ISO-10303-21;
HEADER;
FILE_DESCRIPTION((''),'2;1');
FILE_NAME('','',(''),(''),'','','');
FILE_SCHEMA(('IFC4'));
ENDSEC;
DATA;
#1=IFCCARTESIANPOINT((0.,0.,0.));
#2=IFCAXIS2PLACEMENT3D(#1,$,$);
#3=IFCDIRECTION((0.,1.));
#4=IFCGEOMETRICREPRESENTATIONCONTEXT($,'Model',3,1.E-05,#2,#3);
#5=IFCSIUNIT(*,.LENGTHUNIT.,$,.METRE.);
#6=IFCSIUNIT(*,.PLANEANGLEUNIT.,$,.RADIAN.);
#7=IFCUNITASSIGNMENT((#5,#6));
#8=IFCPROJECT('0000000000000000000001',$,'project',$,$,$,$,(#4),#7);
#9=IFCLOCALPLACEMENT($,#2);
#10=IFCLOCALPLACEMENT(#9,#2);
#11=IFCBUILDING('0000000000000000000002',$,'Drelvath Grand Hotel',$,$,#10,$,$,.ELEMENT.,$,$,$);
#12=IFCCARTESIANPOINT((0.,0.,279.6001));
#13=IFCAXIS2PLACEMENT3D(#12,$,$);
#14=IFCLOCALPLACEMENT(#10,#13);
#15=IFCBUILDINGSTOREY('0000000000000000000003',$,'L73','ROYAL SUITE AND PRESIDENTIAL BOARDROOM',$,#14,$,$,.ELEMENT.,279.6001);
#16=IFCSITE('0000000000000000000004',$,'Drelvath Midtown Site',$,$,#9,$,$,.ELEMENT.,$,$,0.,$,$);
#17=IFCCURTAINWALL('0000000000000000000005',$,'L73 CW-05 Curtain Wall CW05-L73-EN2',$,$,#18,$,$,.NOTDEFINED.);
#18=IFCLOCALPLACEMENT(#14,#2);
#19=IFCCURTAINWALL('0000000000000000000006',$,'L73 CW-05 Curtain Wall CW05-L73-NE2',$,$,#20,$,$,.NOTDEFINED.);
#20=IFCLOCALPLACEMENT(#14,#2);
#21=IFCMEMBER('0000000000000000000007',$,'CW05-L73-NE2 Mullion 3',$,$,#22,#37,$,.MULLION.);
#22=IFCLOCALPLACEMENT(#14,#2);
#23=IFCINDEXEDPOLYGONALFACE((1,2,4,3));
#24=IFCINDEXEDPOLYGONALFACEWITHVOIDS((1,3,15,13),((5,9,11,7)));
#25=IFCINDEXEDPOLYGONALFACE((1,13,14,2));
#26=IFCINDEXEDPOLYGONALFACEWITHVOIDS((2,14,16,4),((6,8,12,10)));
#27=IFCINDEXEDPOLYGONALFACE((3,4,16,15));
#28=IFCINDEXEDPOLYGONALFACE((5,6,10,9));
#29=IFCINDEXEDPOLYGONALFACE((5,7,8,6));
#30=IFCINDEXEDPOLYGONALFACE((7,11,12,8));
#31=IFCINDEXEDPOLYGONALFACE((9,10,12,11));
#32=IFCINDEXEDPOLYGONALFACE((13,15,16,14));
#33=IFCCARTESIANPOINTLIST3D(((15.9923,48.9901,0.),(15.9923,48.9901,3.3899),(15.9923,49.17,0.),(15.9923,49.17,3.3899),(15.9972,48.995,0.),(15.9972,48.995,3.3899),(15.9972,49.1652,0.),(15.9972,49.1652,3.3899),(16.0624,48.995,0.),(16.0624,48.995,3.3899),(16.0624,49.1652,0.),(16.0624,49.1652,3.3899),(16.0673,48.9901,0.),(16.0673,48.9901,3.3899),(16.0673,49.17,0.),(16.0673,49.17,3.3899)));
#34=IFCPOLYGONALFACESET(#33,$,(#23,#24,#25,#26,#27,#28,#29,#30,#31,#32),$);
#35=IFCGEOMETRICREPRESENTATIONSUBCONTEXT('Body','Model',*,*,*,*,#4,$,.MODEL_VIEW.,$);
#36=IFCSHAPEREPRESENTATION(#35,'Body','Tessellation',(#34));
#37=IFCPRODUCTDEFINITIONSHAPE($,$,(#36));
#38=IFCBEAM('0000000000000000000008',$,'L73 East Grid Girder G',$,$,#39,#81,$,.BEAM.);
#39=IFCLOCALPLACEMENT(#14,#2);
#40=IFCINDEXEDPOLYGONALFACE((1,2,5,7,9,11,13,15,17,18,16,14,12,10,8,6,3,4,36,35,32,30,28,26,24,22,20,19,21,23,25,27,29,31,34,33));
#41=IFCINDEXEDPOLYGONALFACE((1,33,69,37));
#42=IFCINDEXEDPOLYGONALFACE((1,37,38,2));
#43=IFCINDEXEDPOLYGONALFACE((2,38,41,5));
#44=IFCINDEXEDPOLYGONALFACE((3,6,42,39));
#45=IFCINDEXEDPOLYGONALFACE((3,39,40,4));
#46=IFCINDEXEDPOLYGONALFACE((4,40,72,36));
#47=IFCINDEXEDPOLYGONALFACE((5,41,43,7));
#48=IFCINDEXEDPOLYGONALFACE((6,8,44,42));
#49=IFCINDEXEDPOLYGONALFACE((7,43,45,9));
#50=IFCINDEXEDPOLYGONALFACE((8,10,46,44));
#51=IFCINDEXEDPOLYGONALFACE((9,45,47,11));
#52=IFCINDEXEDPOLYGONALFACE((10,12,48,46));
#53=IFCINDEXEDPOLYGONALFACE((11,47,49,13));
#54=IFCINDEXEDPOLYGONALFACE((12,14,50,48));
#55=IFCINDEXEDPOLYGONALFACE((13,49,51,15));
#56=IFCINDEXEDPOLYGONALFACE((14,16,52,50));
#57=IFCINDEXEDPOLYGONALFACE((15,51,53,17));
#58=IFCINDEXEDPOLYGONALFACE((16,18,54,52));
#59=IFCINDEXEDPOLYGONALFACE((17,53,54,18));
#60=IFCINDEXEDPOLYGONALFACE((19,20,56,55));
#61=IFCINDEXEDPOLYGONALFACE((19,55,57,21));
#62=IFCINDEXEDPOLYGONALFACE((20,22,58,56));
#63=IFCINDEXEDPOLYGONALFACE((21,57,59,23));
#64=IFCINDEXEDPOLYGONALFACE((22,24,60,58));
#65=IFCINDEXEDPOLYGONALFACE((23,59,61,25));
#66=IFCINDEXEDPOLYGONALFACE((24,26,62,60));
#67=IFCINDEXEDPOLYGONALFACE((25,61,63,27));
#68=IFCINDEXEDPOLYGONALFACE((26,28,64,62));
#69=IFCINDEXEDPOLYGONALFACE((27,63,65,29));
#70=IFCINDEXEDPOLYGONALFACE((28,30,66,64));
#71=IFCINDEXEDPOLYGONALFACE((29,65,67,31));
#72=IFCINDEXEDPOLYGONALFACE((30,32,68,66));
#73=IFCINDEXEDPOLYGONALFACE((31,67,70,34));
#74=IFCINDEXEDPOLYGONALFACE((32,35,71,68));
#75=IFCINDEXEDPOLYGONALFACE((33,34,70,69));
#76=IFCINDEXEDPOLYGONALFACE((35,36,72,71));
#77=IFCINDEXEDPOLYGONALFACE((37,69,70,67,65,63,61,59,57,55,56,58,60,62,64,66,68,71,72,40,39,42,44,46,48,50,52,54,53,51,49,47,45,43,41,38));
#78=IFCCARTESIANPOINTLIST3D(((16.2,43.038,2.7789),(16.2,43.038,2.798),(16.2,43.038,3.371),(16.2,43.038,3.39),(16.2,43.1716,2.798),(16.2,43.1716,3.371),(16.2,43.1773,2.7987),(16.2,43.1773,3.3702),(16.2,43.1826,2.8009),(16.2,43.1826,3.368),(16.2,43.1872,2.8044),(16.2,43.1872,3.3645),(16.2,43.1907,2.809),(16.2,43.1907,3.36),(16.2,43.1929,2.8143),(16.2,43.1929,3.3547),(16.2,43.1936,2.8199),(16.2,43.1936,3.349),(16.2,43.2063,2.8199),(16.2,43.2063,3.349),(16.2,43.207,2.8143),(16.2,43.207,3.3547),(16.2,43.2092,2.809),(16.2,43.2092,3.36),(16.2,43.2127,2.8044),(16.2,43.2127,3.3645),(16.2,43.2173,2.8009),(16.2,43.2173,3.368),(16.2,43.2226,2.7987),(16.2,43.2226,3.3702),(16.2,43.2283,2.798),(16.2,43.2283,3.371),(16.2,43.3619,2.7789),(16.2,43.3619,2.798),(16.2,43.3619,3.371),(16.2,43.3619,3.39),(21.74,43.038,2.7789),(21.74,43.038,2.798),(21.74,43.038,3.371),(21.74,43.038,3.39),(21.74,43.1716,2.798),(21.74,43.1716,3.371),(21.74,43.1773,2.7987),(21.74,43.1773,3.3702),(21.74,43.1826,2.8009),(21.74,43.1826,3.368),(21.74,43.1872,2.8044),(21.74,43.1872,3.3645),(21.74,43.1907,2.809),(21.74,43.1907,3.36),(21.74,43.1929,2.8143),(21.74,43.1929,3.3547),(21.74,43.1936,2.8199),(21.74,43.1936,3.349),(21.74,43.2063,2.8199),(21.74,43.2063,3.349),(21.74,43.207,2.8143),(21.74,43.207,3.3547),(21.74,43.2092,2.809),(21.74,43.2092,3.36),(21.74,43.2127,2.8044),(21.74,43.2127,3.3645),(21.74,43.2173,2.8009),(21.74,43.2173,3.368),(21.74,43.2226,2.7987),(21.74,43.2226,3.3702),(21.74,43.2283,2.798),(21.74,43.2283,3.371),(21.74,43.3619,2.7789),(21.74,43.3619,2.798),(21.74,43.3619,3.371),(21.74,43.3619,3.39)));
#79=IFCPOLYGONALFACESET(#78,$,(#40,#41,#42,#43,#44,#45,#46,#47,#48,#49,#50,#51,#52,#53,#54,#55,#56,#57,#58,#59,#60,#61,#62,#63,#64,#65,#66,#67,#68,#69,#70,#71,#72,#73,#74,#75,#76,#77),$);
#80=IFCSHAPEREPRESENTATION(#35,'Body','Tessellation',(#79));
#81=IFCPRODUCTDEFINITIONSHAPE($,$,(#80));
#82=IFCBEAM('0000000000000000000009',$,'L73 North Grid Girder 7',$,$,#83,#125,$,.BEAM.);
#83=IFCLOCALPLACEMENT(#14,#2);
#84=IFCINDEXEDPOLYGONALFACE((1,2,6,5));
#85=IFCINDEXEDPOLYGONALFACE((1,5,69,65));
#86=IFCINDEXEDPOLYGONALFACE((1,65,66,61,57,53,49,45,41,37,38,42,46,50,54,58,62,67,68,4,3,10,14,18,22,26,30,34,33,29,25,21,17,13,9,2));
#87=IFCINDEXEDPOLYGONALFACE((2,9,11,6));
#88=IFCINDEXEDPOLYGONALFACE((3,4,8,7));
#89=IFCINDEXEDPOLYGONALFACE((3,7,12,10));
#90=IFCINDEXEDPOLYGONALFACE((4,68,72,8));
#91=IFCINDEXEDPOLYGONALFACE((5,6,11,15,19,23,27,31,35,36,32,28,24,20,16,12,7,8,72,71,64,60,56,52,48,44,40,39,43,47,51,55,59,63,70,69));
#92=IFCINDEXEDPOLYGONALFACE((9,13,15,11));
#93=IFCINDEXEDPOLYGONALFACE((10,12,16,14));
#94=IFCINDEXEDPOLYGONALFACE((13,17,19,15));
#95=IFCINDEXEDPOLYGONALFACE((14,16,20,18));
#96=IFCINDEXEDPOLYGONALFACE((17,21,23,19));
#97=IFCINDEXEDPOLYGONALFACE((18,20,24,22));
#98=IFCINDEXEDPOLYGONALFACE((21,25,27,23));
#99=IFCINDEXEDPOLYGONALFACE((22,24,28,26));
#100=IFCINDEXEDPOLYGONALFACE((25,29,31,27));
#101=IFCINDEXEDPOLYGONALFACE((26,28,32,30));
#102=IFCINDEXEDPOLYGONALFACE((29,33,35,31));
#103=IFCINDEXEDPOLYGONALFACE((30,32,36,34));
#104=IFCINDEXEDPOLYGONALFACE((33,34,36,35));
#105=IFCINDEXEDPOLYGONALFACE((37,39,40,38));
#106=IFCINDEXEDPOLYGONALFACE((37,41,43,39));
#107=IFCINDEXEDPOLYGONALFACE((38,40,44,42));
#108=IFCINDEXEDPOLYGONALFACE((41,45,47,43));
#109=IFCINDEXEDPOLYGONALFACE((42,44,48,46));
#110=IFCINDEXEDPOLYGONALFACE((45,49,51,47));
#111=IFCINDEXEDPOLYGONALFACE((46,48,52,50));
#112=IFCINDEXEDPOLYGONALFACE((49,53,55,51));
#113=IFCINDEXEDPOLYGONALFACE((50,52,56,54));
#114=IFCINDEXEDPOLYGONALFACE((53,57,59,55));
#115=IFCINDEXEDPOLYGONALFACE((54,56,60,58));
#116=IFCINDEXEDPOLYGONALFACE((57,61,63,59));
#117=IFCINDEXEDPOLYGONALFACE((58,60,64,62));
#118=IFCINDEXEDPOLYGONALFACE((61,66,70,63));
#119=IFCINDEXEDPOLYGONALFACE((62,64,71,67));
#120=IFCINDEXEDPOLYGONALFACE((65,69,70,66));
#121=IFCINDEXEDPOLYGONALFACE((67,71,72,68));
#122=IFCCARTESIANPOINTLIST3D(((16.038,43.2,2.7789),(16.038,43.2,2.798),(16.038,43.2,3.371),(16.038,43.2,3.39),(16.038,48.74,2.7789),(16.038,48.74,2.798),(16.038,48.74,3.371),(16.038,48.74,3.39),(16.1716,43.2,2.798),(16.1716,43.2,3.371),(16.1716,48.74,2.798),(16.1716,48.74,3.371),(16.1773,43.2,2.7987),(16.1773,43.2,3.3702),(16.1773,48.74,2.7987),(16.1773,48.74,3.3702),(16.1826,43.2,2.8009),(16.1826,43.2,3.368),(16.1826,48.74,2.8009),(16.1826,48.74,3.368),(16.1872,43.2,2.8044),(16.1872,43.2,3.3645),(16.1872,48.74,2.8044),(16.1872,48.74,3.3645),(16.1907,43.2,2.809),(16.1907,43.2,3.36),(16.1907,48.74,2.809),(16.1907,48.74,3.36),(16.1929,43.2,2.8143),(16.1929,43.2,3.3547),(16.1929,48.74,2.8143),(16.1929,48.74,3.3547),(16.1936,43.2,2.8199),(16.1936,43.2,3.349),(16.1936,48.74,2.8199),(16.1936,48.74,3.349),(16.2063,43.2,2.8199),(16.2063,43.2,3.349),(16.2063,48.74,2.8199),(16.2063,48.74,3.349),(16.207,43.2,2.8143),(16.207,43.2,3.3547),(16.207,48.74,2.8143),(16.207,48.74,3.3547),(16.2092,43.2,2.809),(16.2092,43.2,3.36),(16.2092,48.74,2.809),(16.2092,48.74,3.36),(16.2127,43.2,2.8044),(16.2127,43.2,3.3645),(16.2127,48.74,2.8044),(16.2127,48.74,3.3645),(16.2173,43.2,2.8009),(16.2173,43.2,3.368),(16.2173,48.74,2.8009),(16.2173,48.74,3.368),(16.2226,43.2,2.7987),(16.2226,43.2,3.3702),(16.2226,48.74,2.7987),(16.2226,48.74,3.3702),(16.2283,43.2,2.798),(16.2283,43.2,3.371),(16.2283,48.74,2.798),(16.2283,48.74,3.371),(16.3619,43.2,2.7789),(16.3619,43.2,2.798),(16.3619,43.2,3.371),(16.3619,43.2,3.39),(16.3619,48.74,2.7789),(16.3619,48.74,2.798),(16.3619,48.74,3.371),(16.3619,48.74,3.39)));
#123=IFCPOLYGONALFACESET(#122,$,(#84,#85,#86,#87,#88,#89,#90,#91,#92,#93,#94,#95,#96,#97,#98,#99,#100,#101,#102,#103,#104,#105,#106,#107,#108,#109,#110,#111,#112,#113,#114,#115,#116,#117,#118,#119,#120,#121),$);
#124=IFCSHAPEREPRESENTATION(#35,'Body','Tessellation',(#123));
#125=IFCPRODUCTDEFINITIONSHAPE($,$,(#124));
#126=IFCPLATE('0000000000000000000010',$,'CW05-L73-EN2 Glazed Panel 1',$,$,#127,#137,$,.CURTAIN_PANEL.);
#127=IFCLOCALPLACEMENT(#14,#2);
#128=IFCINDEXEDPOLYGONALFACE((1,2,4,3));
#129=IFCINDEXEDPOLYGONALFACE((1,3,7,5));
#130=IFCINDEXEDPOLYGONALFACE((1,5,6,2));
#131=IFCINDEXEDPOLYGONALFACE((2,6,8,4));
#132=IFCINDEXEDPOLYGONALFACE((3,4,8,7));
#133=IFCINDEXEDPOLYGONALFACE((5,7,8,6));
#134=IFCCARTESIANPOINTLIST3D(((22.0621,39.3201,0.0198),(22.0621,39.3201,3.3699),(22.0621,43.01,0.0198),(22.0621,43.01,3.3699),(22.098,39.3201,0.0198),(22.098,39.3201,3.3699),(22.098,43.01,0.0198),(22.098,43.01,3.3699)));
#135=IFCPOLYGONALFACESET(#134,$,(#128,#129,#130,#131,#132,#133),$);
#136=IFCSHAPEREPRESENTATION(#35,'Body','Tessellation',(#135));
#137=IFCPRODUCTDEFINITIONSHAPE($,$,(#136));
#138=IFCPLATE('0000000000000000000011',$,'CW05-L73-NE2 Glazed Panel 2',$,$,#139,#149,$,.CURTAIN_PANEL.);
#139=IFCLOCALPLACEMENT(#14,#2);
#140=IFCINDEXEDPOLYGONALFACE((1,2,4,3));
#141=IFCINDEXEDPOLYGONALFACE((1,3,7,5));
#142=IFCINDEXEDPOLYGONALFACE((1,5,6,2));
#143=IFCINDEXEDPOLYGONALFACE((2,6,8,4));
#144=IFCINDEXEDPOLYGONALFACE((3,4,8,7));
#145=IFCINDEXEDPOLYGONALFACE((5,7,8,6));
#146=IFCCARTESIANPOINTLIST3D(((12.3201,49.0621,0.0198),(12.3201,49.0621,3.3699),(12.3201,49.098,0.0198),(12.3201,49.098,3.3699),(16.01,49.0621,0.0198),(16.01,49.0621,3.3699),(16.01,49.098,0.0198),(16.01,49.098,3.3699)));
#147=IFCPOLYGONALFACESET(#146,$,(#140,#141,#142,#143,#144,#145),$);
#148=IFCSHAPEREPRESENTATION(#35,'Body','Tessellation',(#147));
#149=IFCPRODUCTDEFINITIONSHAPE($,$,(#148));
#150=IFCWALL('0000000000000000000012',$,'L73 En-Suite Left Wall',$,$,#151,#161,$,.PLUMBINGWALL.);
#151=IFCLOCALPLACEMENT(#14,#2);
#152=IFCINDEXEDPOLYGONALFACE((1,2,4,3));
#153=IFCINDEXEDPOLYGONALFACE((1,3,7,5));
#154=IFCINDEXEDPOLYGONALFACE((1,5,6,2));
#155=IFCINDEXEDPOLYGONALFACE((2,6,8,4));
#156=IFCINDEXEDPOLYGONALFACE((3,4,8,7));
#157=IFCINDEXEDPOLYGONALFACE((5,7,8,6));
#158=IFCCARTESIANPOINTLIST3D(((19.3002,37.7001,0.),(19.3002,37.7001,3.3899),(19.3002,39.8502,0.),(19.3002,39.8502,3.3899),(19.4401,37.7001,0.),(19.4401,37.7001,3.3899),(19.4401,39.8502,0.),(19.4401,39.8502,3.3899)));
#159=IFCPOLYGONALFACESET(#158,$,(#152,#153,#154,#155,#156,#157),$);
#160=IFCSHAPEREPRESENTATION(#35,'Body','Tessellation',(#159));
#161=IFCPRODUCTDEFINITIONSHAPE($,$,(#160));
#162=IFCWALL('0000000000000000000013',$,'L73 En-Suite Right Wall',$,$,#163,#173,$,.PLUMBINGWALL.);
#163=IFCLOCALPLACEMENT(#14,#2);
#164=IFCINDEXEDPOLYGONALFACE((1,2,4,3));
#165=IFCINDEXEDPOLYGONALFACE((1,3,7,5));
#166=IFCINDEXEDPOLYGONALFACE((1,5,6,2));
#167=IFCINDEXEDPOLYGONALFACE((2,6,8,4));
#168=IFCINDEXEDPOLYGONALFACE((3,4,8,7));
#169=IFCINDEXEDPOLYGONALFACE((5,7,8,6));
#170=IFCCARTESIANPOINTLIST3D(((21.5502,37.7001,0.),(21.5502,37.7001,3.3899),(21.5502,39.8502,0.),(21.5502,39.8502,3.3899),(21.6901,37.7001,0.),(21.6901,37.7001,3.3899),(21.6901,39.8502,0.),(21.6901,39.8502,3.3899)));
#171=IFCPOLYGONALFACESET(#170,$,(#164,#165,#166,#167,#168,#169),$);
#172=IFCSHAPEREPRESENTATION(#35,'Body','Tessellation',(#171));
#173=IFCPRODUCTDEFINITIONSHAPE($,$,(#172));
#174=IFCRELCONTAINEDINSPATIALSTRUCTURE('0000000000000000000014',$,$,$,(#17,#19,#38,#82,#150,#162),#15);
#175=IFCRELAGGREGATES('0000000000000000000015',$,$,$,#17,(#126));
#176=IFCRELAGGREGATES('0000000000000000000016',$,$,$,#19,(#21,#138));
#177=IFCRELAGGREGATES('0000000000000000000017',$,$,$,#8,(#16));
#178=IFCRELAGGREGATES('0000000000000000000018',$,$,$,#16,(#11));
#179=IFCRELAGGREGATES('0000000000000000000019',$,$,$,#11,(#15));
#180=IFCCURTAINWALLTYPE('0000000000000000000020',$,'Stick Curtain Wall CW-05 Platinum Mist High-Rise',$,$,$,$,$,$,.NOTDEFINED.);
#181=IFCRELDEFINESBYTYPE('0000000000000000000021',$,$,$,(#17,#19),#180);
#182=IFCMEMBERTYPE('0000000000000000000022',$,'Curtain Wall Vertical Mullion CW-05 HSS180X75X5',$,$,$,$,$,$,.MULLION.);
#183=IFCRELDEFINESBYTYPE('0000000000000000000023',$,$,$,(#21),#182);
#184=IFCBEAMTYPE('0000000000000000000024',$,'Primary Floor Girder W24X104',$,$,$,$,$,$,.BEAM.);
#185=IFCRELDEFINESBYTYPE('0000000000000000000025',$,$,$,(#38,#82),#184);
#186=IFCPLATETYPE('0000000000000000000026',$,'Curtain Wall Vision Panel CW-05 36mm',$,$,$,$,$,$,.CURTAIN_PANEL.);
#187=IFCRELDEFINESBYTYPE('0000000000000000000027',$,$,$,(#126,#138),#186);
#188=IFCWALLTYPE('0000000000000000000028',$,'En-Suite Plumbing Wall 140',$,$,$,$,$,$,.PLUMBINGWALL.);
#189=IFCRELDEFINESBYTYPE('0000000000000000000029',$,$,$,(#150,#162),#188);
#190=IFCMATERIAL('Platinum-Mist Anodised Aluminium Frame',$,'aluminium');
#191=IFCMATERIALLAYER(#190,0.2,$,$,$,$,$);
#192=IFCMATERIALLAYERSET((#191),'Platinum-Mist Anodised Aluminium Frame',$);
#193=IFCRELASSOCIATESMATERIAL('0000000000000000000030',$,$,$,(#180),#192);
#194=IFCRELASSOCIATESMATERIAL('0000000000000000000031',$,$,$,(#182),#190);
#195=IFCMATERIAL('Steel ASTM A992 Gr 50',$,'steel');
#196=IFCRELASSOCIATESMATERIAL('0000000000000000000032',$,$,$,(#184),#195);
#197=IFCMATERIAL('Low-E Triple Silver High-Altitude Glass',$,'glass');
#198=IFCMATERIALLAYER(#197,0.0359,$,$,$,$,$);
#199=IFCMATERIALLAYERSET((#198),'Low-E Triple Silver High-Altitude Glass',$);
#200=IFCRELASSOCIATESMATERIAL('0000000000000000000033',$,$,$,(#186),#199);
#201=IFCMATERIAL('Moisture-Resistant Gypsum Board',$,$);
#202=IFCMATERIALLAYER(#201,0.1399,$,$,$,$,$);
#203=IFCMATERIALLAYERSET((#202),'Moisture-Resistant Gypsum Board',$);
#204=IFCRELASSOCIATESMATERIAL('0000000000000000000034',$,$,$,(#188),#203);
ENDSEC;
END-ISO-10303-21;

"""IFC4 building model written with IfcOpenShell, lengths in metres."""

from ifc_helpers import new_model, si_unit, direction, frame, frame_2d, origin, origin_2d, place, context, subcontext, project, spatial, rectangle, hollow_rectangle, i_section, extrude, material, layer, layer_set, material_profile, profile_set, type_object, element, aggregate, save


model = new_model("IFC4")

# Units and contexts
model_context = context("Model", 3, precision=1e-05, world=origin(), true_north=direction((0.0, 1.0)))
body_context = subcontext(model_context, "Body", "Model", "MODEL_VIEW")
ifc_project = project(units=[si_unit("LENGTHUNIT", "METRE"), si_unit("PLANEANGLEUNIT", "RADIAN")], contexts=[model_context])

# Site, building, storey
site_placement = place(None, origin())
site = spatial("IfcSite", under=ifc_project, at=site_placement, Name="Drelvath Midtown Site", CompositionType="ELEMENT", RefElevation=0.0)
building_placement = place(site_placement, origin())
building = spatial("IfcBuilding", under=site, at=building_placement, Name="Drelvath Grand Hotel", CompositionType="ELEMENT")
storey_placement = place(building_placement, frame((0.0, 0.0, 279.6001)))
storey = spatial("IfcBuildingStorey", under=building, at=storey_placement, Name="L73", Description="ROYAL SUITE AND PRESIDENTIAL BOARDROOM", CompositionType="ELEMENT", Elevation=279.6001)

# Curtain walls, member
ifc_material_1 = material(Name="Platinum-Mist Anodised Aluminium Frame", Category="aluminium")
ifc_layer_1 = layer(ifc_material_1, 0.2)
ifc_layer_set_1 = layer_set([ifc_layer_1], Name="Platinum-Mist Anodised Aluminium Frame")
curtain_wall_type = type_object("IfcCurtainWallType", Name="Stick Curtain Wall CW-05 Platinum Mist High-Rise", PredefinedType="NOTDEFINED", material=ifc_layer_set_1)
curtain_wall_1_placement = place(storey_placement, origin())
curtain_wall_1 = element("IfcCurtainWall", 1, at=curtain_wall_1_placement, inside=storey, type_object=curtain_wall_type, Name="L73 CW-05 Curtain Wall CW05-L73-EN2", PredefinedType="NOTDEFINED")
ifc_material_profile_1 = material_profile(ifc_material_1, hollow_rectangle(XDim=0.075, YDim=0.1799, WallThickness=0.0049, at=origin_2d()), Name="HSS180X75X5")
ifc_profile_set_1 = profile_set([ifc_material_profile_1], Name="Platinum-Mist Anodised Aluminium Frame")
member_type_1 = type_object("IfcMemberType", Name="Curtain Wall Vertical Mullion CW-05 HSS180X75X5", PredefinedType="MULLION", material=ifc_profile_set_1)
curtain_wall_2_placement = place(storey_placement, origin())
curtain_wall_2 = element("IfcCurtainWall", 2, at=curtain_wall_2_placement, inside=storey, type_object=curtain_wall_type, Name="L73 CW-05 Curtain Wall CW05-L73-NE2", PredefinedType="NOTDEFINED")
member_1_placement = place(storey_placement, frame((16.0298, 49.0801, 0.0), z_axis=(0.0, 0.0, 1.0), x_axis=(1.0, 0.0, 0.0)))
member_1 = element("IfcMember", 3, at=member_1_placement, type_object=member_type_1, Name="CW05-L73-NE2 Mullion 3", PredefinedType="MULLION", context=body_context, shape_type="SweptSolid", body=[
    extrude(hollow_rectangle(XDim=0.075, YDim=0.1799, WallThickness=0.0049, at=origin_2d()), origin(), (0.0, 0.0, 1.0), 3.3899),
])

# Beams
ifc_material_2 = material(Name="Steel ASTM A992 Gr 50", Category="steel")
ifc_material_profile_2 = material_profile(ifc_material_2, i_section(OverallWidth=0.324, OverallDepth=0.6111, WebThickness=0.0127, FlangeThickness=0.019, FilletRadius=0.022, at=origin_2d()), Name="W24X104")
ifc_profile_set_2 = profile_set([ifc_material_profile_2], Name="Steel ASTM A992 Gr 50")
beam_type = type_object("IfcBeamType", Name="Primary Floor Girder W24X104", PredefinedType="BEAM", material=ifc_profile_set_2)
for number, where, z_axis, x_axis, name in (
    (4, (16.2, 43.2, 3.0845), (1.0, 0.0, 0.0), (0.0, 1.0, 0.0), "L73 East Grid Girder G"),
    (5, (16.2, 43.2, 3.0845), (0.0, 1.0, 0.0), (-1.0, 0.0, 0.0), "L73 North Grid Girder 7"),
):
    element("IfcBeam", number, at=place(storey_placement, frame(where, z_axis=z_axis, x_axis=x_axis)), inside=storey, type_object=beam_type, Name=name, PredefinedType="BEAM", context=body_context, shape_type="SweptSolid", body=[
        extrude(i_section(OverallWidth=0.324, OverallDepth=0.6111, WebThickness=0.0127, FlangeThickness=0.019, FilletRadius=0.022, at=origin_2d()), origin(), (0.0, 0.0, 1.0), 5.54),
    ])

# Plates
ifc_material_3 = material(Name="Low-E Triple Silver High-Altitude Glass", Category="glass")
ifc_layer_2 = layer(ifc_material_3, 0.0359)
ifc_layer_set_2 = layer_set([ifc_layer_2], Name="Low-E Triple Silver High-Altitude Glass")
plate_type = type_object("IfcPlateType", Name="Curtain Wall Vision Panel CW-05 36mm", PredefinedType="CURTAIN_PANEL", material=ifc_layer_set_2)
plate_1_placement = place(storey_placement, frame((22.0801, 41.165, 0.0198), z_axis=(0.0, 0.0, 1.0), x_axis=(0.0, -1.0, 0.0)))
plate_1 = element("IfcPlate", 6, at=plate_1_placement, type_object=plate_type, Name="CW05-L73-EN2 Glazed Panel 1", PredefinedType="CURTAIN_PANEL", context=body_context, shape_type="SweptSolid", body=[
    extrude(rectangle(XDim=3.6899, YDim=0.0359, at=origin_2d()), origin(), (0.0, 0.0, 1.0), 3.3501),
])
aggregate(curtain_wall_1, [plate_1])
plate_2_placement = place(storey_placement, frame((14.165, 49.0801, 0.0198), z_axis=(0.0, 0.0, 1.0), x_axis=(1.0, 0.0, 0.0)))
plate_2 = element("IfcPlate", 7, at=plate_2_placement, type_object=plate_type, Name="CW05-L73-NE2 Glazed Panel 2", PredefinedType="CURTAIN_PANEL", context=body_context, shape_type="SweptSolid", body=[
    extrude(rectangle(XDim=3.6899, YDim=0.0359, at=origin_2d()), origin(), (0.0, 0.0, 1.0), 3.3501),
])
aggregate(curtain_wall_2, [member_1, plate_2])

# Walls
ifc_material_4 = material(Name="Moisture-Resistant Gypsum Board")
ifc_layer_3 = layer(ifc_material_4, 0.1399)
ifc_layer_set_3 = layer_set([ifc_layer_3], Name="Moisture-Resistant Gypsum Board")
wall_type_1 = type_object("IfcWallType", Name="En-Suite Plumbing Wall 140", PredefinedType="PLUMBINGWALL", material=ifc_layer_set_3)
for number, where, z_axis, x_axis, name in (
    (8, (19.3701, 37.7, 0.0), (0.0, 0.0, 1.0), (0.0, 1.0, 0.0), "L73 En-Suite Left Wall"),
    (9, (21.6201, 37.7, 0.0), (0.0, 0.0, 1.0), (0.0, 1.0, 0.0), "L73 En-Suite Right Wall"),
):
    element("IfcWall", number, at=place(storey_placement, frame(where, z_axis=z_axis, x_axis=x_axis)), inside=storey, type_object=wall_type_1, Name=name, PredefinedType="PLUMBINGWALL", context=body_context, shape_type="SweptSolid", body=[
        extrude(rectangle(XDim=2.1501, YDim=0.1399, at=frame_2d((1.0752, 0.0))), origin(), (0.0, 0.0, 1.0), 3.3899),
    ])

save(model, "model.ifc")
